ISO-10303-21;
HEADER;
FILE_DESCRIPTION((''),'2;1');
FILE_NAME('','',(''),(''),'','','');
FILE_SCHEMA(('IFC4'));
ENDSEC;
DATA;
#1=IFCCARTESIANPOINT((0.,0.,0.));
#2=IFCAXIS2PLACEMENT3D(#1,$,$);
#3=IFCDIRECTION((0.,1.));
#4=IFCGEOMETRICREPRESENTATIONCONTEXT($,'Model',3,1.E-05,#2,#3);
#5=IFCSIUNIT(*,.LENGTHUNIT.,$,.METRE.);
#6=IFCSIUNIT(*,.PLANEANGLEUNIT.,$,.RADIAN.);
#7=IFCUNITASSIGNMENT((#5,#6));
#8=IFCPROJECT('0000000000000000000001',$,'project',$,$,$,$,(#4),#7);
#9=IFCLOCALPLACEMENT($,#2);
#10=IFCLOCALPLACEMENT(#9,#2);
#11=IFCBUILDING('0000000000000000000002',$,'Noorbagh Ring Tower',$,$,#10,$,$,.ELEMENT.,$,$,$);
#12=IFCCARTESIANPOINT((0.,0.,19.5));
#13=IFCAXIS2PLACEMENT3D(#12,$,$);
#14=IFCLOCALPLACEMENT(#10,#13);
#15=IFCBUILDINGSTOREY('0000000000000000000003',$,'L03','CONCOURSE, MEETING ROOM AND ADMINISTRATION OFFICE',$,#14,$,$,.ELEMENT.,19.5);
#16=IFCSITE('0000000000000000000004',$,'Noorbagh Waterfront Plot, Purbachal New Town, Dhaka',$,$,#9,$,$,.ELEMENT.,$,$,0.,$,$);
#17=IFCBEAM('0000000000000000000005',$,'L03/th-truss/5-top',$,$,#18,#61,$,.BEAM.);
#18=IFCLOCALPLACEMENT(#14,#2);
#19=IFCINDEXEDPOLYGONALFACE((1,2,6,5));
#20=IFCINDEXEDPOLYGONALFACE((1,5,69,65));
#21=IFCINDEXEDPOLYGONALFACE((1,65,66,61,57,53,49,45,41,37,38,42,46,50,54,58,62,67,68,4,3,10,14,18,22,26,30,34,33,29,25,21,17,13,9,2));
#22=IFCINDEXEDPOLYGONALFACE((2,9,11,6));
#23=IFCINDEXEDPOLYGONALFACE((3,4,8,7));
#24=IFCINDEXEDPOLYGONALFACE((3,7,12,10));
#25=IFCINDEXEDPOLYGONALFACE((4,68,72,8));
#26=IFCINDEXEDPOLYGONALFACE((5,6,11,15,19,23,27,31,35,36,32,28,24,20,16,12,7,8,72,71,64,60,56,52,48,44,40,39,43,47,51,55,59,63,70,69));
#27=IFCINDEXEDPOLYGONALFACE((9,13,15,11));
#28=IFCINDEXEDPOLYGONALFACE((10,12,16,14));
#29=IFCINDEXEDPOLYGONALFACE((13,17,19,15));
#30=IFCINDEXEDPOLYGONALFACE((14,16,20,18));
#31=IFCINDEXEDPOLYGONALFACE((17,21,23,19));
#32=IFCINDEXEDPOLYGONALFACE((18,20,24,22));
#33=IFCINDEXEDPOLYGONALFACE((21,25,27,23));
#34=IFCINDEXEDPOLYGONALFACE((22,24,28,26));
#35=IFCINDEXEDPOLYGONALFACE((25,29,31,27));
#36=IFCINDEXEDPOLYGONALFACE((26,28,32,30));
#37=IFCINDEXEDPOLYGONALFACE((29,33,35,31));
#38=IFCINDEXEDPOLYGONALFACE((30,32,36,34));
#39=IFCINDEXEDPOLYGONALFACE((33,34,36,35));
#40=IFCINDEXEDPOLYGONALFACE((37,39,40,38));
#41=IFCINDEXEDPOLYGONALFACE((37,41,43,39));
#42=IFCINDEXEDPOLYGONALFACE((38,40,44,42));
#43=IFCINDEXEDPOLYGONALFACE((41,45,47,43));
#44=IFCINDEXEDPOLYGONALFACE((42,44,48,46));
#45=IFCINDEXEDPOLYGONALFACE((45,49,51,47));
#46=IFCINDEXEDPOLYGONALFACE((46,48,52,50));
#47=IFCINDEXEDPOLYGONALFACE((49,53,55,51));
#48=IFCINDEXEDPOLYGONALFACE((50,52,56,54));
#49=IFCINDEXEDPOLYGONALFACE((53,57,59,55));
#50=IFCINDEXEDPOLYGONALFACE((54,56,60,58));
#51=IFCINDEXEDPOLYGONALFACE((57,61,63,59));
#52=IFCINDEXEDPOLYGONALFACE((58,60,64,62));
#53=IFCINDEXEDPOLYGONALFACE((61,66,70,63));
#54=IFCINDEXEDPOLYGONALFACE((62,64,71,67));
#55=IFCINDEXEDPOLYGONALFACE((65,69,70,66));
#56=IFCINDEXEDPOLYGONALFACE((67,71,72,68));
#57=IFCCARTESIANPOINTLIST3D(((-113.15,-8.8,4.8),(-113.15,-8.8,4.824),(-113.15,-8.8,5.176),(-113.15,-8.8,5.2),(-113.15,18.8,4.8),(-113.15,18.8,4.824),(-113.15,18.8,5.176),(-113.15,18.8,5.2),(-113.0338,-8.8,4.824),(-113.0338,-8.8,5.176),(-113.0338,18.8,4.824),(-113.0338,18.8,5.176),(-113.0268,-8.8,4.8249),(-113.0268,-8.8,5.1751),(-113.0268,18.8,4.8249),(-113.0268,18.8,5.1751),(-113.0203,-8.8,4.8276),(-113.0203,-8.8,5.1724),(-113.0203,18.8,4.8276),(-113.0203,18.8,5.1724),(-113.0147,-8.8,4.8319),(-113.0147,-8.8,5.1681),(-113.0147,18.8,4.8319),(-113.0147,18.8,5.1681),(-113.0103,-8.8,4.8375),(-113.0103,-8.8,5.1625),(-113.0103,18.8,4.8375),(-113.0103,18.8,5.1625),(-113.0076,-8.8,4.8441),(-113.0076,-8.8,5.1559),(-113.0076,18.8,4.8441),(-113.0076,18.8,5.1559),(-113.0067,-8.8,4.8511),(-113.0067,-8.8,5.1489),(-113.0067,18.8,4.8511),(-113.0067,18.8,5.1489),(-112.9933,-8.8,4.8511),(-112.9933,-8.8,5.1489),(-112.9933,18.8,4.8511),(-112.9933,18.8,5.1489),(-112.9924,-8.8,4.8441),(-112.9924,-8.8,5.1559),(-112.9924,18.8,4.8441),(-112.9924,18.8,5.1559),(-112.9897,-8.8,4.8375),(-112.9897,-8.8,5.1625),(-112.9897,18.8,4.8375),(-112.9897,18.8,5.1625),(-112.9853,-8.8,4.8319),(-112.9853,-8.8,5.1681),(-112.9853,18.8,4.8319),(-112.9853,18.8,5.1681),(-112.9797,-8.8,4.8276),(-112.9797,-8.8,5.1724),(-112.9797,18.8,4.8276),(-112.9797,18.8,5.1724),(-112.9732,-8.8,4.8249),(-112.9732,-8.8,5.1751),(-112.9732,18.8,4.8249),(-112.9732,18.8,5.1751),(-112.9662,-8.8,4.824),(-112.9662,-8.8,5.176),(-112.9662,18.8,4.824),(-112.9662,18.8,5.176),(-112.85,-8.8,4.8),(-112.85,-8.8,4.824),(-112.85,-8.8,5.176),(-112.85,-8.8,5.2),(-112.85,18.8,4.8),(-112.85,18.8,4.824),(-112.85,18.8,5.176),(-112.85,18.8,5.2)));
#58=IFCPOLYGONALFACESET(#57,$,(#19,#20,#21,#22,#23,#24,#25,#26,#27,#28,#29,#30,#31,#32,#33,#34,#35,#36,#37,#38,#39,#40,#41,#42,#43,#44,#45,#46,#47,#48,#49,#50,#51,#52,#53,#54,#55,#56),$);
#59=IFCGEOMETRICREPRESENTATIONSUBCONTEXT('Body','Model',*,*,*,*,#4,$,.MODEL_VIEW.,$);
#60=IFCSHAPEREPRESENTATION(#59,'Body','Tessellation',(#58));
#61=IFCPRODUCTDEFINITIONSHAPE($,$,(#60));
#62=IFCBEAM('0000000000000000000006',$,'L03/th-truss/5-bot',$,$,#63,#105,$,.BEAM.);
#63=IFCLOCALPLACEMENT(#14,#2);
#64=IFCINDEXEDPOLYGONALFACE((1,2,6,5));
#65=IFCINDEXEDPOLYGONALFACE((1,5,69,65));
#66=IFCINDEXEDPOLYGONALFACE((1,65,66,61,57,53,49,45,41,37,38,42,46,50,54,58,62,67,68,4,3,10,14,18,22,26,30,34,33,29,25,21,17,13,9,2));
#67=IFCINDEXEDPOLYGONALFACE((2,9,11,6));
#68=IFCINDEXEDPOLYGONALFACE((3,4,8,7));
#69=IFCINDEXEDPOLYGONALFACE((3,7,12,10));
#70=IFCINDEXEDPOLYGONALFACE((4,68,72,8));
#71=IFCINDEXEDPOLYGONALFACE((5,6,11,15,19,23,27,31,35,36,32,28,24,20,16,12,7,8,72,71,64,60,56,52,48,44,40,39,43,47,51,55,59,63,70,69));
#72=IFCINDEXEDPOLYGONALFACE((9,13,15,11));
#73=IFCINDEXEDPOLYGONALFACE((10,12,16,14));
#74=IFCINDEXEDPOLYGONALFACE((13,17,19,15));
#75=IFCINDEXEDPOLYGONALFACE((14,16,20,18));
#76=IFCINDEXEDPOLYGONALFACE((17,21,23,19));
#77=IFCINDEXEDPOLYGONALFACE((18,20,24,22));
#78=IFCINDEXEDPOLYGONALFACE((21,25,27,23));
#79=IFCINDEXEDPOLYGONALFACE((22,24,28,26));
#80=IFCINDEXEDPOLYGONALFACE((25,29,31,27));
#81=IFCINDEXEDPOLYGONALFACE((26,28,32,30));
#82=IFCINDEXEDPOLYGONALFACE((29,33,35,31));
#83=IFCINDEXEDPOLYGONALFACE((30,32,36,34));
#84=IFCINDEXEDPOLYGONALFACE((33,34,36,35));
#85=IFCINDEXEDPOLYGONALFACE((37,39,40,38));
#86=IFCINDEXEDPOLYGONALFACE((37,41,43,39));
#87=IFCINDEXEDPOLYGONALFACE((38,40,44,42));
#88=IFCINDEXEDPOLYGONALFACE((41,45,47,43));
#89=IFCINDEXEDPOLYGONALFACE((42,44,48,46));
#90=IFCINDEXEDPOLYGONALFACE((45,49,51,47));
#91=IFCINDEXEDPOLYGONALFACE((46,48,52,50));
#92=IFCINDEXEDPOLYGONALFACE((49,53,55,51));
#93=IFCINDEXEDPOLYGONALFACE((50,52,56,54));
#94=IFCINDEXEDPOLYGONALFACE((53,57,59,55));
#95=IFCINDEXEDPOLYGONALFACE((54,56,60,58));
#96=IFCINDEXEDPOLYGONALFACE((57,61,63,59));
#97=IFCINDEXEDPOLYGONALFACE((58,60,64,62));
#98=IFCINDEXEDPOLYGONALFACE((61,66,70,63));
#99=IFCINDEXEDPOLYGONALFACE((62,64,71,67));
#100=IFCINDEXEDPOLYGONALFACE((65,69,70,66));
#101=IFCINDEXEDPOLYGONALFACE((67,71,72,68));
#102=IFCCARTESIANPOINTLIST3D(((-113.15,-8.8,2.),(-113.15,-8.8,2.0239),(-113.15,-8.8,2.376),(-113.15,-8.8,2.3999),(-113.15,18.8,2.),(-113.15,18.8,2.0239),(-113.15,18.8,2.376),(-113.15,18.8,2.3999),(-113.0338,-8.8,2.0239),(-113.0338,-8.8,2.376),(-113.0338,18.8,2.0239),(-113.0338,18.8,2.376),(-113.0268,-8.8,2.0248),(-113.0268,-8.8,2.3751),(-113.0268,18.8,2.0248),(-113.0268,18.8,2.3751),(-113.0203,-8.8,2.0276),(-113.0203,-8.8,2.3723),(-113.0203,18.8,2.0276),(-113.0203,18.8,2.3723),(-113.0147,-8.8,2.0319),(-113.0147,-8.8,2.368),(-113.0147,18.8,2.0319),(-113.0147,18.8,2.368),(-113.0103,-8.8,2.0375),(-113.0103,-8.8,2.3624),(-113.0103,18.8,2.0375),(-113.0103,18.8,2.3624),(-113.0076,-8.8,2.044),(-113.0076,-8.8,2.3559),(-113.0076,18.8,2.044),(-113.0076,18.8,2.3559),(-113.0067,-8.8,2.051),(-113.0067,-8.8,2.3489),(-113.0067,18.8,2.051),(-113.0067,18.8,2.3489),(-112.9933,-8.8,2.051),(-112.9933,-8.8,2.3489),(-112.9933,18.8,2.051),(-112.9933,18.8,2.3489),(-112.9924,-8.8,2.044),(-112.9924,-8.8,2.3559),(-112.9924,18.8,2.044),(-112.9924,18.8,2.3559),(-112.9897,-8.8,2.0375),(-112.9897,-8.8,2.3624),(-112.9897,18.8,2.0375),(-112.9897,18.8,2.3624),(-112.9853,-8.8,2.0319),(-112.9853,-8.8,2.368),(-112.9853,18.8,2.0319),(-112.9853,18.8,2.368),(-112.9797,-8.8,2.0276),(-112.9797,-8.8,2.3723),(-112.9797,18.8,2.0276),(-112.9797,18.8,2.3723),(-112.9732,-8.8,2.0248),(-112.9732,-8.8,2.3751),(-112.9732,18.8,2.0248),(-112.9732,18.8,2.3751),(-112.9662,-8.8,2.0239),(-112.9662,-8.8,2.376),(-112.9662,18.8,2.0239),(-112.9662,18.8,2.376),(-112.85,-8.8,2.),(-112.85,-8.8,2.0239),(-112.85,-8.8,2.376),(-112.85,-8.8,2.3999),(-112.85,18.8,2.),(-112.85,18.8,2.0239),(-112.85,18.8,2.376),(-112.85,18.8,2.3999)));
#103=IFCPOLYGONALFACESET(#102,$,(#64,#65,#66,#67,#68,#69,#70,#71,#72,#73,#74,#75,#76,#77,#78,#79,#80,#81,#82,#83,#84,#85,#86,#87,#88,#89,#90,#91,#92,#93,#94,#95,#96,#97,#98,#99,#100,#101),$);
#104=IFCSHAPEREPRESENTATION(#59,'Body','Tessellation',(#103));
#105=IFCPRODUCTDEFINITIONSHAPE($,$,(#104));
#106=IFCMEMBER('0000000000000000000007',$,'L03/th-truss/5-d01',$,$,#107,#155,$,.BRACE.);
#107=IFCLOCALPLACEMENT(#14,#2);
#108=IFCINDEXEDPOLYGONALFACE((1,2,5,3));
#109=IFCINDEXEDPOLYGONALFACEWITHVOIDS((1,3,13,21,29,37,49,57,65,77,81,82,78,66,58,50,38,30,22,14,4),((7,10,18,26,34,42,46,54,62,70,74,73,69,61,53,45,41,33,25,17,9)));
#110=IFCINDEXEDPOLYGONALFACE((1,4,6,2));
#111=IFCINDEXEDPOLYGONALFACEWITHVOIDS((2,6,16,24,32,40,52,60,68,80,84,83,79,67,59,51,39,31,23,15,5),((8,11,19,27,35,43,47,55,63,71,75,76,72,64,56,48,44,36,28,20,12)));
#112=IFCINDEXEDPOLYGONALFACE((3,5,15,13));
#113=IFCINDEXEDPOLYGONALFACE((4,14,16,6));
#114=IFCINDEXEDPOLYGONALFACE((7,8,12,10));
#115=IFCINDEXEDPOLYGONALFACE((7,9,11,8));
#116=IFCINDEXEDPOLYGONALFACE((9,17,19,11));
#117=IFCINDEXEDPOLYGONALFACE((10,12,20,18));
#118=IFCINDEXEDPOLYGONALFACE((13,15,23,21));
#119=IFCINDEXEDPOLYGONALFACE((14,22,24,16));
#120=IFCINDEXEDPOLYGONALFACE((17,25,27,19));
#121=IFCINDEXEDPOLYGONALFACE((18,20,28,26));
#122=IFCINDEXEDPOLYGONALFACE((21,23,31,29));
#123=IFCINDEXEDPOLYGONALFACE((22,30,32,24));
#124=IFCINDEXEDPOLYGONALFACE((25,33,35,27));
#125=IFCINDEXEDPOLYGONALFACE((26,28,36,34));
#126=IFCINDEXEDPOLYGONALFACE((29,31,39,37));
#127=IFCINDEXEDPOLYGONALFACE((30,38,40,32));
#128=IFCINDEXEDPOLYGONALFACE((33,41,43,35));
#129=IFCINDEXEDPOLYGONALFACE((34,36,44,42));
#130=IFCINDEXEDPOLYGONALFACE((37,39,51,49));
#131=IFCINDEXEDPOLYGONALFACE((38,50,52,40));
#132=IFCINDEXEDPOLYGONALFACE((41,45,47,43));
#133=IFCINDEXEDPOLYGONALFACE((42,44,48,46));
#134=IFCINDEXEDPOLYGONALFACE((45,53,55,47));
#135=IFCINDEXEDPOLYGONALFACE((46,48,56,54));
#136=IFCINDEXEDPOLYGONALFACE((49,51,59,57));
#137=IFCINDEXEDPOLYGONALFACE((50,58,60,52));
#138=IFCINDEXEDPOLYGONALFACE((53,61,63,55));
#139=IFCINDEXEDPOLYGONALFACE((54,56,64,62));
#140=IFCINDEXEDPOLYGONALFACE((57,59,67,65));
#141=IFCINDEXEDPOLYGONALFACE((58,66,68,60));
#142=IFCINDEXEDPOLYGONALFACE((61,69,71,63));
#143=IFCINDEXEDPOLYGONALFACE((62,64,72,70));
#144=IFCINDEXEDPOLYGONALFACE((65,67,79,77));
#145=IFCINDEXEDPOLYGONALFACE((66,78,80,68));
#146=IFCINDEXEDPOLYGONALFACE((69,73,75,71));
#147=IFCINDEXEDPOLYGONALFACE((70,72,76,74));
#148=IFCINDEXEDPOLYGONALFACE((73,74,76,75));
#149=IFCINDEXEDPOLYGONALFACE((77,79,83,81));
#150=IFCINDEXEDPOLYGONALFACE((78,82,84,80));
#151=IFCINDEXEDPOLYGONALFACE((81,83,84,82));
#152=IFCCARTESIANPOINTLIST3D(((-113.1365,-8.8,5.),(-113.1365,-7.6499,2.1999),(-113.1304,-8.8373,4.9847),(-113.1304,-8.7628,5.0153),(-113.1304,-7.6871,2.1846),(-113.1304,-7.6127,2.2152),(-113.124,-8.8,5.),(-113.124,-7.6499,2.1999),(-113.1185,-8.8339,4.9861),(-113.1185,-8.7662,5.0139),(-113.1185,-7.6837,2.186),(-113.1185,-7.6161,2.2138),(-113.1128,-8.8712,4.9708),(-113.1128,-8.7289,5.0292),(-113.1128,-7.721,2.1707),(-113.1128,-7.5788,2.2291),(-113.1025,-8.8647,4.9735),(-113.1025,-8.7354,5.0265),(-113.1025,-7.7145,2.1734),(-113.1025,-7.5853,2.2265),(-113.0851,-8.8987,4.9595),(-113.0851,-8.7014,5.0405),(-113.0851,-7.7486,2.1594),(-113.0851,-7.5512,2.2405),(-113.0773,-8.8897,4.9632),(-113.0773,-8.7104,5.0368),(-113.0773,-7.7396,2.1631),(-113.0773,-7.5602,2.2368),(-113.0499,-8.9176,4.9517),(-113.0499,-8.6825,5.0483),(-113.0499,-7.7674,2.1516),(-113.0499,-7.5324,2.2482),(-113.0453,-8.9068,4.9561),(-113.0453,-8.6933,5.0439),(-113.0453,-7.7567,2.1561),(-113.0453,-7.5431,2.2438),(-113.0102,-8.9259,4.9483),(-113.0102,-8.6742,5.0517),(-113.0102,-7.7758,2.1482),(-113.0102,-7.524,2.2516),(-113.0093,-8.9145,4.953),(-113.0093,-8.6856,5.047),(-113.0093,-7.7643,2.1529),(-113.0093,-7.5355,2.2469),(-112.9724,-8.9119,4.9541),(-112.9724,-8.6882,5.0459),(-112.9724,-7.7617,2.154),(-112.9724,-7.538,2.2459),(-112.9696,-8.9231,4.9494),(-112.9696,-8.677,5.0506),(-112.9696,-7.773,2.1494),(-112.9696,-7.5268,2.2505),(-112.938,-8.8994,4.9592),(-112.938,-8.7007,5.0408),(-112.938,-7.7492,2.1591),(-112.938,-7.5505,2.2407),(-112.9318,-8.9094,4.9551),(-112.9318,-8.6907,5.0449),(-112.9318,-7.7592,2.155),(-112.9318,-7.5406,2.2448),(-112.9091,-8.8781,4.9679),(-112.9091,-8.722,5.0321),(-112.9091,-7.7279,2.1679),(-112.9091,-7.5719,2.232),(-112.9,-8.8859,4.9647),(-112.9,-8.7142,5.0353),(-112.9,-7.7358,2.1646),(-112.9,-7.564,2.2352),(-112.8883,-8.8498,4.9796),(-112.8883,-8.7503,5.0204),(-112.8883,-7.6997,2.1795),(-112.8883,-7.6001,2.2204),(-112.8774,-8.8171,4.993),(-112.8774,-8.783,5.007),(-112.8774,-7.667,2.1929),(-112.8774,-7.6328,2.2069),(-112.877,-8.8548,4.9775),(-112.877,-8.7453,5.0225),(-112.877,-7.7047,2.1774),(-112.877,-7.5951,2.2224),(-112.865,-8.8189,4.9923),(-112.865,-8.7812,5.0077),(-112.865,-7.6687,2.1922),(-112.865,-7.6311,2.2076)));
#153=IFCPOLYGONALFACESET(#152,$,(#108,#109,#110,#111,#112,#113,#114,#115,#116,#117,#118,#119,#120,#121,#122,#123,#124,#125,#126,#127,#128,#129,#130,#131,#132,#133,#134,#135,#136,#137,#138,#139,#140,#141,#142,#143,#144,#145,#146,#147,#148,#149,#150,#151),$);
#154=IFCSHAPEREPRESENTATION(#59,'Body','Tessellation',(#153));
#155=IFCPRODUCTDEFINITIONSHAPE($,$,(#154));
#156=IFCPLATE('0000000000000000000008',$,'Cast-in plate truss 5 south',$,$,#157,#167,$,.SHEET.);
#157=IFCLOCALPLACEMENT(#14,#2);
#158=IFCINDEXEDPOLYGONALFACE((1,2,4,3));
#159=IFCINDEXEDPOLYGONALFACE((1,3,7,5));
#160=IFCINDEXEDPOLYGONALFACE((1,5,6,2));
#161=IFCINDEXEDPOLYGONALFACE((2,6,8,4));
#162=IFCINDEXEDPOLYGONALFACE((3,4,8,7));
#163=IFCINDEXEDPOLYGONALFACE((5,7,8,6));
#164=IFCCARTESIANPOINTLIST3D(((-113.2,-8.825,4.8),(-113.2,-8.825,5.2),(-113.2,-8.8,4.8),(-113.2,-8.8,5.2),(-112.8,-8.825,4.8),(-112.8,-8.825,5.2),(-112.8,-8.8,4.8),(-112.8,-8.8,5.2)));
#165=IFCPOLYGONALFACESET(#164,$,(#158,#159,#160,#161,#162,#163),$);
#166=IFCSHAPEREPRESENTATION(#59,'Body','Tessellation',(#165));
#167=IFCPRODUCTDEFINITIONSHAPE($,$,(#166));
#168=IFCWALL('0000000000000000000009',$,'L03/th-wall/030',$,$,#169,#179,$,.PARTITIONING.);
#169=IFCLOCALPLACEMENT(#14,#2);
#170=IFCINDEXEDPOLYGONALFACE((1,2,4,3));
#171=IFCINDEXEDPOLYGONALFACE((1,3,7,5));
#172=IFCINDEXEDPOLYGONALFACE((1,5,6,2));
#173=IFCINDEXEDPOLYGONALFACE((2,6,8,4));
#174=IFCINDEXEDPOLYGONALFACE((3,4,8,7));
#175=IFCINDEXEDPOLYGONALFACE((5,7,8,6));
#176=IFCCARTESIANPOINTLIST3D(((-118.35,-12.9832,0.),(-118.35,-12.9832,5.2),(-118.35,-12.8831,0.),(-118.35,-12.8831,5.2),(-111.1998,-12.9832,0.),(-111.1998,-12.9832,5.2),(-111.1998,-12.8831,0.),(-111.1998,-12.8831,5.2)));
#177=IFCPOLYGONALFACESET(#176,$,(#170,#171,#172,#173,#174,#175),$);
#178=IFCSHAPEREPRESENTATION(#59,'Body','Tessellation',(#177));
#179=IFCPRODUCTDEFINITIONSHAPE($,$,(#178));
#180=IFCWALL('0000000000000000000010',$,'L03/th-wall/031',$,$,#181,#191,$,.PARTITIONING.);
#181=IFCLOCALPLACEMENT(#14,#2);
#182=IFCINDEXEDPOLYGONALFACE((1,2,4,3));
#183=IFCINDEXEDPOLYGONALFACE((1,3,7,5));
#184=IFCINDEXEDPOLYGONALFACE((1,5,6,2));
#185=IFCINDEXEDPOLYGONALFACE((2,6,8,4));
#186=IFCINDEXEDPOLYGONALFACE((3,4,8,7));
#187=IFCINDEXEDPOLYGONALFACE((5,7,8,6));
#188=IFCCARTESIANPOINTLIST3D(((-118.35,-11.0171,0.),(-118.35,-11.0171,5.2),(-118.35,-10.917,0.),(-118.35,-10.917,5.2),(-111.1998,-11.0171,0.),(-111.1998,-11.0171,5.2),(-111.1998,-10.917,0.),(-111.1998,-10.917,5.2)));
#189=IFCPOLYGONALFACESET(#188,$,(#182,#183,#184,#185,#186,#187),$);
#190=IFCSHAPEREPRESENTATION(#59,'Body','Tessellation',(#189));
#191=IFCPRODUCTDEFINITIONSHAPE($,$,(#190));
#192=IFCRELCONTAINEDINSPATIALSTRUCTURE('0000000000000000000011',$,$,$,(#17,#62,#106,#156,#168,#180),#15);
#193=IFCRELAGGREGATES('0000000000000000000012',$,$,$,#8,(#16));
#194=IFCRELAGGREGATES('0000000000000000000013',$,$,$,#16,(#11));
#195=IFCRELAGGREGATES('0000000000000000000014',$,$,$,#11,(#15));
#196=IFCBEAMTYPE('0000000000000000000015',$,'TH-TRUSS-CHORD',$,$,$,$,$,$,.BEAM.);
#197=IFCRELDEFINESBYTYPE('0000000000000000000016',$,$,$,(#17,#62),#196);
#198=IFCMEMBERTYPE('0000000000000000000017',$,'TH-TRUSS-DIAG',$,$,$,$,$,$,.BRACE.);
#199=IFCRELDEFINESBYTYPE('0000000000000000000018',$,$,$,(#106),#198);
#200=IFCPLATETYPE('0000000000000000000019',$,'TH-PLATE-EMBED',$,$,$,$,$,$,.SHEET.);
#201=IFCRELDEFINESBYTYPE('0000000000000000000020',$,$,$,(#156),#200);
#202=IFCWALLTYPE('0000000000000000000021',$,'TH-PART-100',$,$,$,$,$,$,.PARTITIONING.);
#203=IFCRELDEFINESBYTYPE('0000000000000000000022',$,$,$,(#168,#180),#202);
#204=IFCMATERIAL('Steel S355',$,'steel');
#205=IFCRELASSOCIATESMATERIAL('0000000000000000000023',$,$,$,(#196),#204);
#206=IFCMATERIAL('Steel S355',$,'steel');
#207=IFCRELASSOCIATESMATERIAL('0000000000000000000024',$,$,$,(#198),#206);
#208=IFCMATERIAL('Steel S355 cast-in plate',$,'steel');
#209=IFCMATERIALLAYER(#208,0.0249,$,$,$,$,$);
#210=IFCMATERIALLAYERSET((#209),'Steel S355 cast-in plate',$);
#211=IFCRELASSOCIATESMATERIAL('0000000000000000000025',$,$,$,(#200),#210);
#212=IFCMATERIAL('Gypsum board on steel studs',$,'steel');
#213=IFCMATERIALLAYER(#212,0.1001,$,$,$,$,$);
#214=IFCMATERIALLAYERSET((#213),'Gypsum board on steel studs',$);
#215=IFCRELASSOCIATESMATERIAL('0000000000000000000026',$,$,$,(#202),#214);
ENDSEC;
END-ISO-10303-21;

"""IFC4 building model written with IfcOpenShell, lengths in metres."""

from ifc_helpers import new_model, si_unit, direction, frame, frame_2d, origin, origin_2d, place, context, subcontext, project, spatial, rectangle, hollow_circle, i_section, extrude, material, layer, layer_set, material_profile, profile_set, type_object, element, save


model = new_model("IFC4")

# Units and contexts
model_context = context("Model", 3, precision=1e-05, world=origin(), true_north=direction((0.0, 1.0)))
body_context = subcontext(model_context, "Body", "Model", "MODEL_VIEW")
ifc_project = project(units=[si_unit("LENGTHUNIT", "METRE"), si_unit("PLANEANGLEUNIT", "RADIAN")], contexts=[model_context])

# Site, building, storey
site_placement = place(None, origin())
site = spatial("IfcSite", under=ifc_project, at=site_placement, Name="Noorbagh Waterfront Plot, Purbachal New Town, Dhaka", CompositionType="ELEMENT", RefElevation=0.0)
building_placement = place(site_placement, origin())
building = spatial("IfcBuilding", under=site, at=building_placement, Name="Noorbagh Ring Tower", CompositionType="ELEMENT")
storey_placement = place(building_placement, frame((0.0, 0.0, 19.5)))
storey = spatial("IfcBuildingStorey", under=building, at=storey_placement, Name="L03", Description="CONCOURSE, MEETING ROOM AND ADMINISTRATION OFFICE", CompositionType="ELEMENT", Elevation=19.5)

# Beams
ifc_material_1 = material(Name="Steel S355", Category="steel")
ifc_material_profile_1 = material_profile(ifc_material_1, i_section(OverallWidth=0.3, OverallDepth=0.3999, WebThickness=0.0134, FlangeThickness=0.0239, FilletRadius=0.0271, at=origin_2d()), Name="HEB400")
ifc_profile_set_1 = profile_set([ifc_material_profile_1], Name="Steel S355")
beam_type = type_object("IfcBeamType", Name="TH-TRUSS-CHORD", PredefinedType="BEAM", material=ifc_profile_set_1)
for number, where, z_axis, x_axis, name in (
    (1, (-113.0, -8.8, 5.0), (0.0, 1.0, 0.0), (-1.0, 0.0, 0.0), "L03/th-truss/5-top"),
    (2, (-113.0, -8.8, 2.2), (0.0, 1.0, 0.0), (-1.0, 0.0, 0.0), "L03/th-truss/5-bot"),
):
    element("IfcBeam", number, at=place(storey_placement, frame(where, z_axis=z_axis, x_axis=x_axis)), inside=storey, type_object=beam_type, Name=name, PredefinedType="BEAM", context=body_context, shape_type="SweptSolid", body=[
        extrude(i_section(OverallWidth=0.3, OverallDepth=0.3999, WebThickness=0.0134, FlangeThickness=0.0239, FilletRadius=0.0271, at=origin_2d()), origin(), (0.0, 0.0, 1.0), 27.6001),
    ])

# Member
ifc_material_2 = material(Name="Steel S355", Category="steel")
ifc_material_profile_2 = material_profile(ifc_material_2, hollow_circle(Radius=0.1365, WallThickness=0.0125, at=origin_2d()), Name="CHS273x12.5")
ifc_profile_set_2 = profile_set([ifc_material_profile_2], Name="Steel S355")
member_type = type_object("IfcMemberType", Name="TH-TRUSS-DIAG", PredefinedType="BRACE", material=ifc_profile_set_2)
member_placement = place(storey_placement, frame((-113.0, -8.8, 5.0), z_axis=(0.0, 0.379955, -0.925005), x_axis=(-1.0, 0.0, 0.0)))
element("IfcMember", 3, at=member_placement, inside=storey, type_object=member_type, Name="L03/th-truss/5-d01", PredefinedType="BRACE", context=body_context, shape_type="SweptSolid", body=[
    extrude(hollow_circle(Radius=0.1365, WallThickness=0.0125, at=origin_2d()), origin(), (0.0, 0.0, 1.0), 3.0271),
])

# Plate
ifc_material_3 = material(Name="Steel S355 cast-in plate", Category="steel")
ifc_layer_1 = layer(ifc_material_3, 0.0249)
ifc_layer_set_1 = layer_set([ifc_layer_1], Name="Steel S355 cast-in plate")
plate_type = type_object("IfcPlateType", Name="TH-PLATE-EMBED", PredefinedType="SHEET", material=ifc_layer_set_1)
plate_placement = place(storey_placement, frame((-113.0, -8.8125, 4.8), z_axis=(0.0, 0.0, 1.0), x_axis=(1.0, 0.0, 0.0)))
element("IfcPlate", 4, at=plate_placement, inside=storey, type_object=plate_type, Name="Cast-in plate truss 5 south", PredefinedType="SHEET", context=body_context, shape_type="SweptSolid", body=[
    extrude(rectangle(XDim=0.3999, YDim=0.0249, at=origin_2d()), origin(), (0.0, 0.0, 1.0), 0.3999),
])

# Walls
ifc_material_4 = material(Name="Gypsum board on steel studs", Category="steel")
ifc_layer_2 = layer(ifc_material_4, 0.1001)
ifc_layer_set_2 = layer_set([ifc_layer_2], Name="Gypsum board on steel studs")
wall_type_1 = type_object("IfcWallType", Name="TH-PART-100", PredefinedType="PARTITIONING", material=ifc_layer_set_2)
for number, where, z_axis, x_axis, name in (
    (5, (-118.3501, -12.9331, 0.0), (0.0, 0.0, 1.0), (1.0, 0.0, 0.0), "L03/th-wall/030"),
    (6, (-118.3501, -10.967, 0.0), (0.0, 0.0, 1.0), (1.0, 0.0, 0.0), "L03/th-wall/031"),
):
    element("IfcWall", number, at=place(storey_placement, frame(where, z_axis=z_axis, x_axis=x_axis)), inside=storey, type_object=wall_type_1, Name=name, PredefinedType="PARTITIONING", context=body_context, shape_type="SweptSolid", body=[
        extrude(rectangle(XDim=7.1501, YDim=0.1001, at=frame_2d((3.5752, 0.0))), origin(), (0.0, 0.0, 1.0), 5.2),
    ])

save(model, "model.ifc")
